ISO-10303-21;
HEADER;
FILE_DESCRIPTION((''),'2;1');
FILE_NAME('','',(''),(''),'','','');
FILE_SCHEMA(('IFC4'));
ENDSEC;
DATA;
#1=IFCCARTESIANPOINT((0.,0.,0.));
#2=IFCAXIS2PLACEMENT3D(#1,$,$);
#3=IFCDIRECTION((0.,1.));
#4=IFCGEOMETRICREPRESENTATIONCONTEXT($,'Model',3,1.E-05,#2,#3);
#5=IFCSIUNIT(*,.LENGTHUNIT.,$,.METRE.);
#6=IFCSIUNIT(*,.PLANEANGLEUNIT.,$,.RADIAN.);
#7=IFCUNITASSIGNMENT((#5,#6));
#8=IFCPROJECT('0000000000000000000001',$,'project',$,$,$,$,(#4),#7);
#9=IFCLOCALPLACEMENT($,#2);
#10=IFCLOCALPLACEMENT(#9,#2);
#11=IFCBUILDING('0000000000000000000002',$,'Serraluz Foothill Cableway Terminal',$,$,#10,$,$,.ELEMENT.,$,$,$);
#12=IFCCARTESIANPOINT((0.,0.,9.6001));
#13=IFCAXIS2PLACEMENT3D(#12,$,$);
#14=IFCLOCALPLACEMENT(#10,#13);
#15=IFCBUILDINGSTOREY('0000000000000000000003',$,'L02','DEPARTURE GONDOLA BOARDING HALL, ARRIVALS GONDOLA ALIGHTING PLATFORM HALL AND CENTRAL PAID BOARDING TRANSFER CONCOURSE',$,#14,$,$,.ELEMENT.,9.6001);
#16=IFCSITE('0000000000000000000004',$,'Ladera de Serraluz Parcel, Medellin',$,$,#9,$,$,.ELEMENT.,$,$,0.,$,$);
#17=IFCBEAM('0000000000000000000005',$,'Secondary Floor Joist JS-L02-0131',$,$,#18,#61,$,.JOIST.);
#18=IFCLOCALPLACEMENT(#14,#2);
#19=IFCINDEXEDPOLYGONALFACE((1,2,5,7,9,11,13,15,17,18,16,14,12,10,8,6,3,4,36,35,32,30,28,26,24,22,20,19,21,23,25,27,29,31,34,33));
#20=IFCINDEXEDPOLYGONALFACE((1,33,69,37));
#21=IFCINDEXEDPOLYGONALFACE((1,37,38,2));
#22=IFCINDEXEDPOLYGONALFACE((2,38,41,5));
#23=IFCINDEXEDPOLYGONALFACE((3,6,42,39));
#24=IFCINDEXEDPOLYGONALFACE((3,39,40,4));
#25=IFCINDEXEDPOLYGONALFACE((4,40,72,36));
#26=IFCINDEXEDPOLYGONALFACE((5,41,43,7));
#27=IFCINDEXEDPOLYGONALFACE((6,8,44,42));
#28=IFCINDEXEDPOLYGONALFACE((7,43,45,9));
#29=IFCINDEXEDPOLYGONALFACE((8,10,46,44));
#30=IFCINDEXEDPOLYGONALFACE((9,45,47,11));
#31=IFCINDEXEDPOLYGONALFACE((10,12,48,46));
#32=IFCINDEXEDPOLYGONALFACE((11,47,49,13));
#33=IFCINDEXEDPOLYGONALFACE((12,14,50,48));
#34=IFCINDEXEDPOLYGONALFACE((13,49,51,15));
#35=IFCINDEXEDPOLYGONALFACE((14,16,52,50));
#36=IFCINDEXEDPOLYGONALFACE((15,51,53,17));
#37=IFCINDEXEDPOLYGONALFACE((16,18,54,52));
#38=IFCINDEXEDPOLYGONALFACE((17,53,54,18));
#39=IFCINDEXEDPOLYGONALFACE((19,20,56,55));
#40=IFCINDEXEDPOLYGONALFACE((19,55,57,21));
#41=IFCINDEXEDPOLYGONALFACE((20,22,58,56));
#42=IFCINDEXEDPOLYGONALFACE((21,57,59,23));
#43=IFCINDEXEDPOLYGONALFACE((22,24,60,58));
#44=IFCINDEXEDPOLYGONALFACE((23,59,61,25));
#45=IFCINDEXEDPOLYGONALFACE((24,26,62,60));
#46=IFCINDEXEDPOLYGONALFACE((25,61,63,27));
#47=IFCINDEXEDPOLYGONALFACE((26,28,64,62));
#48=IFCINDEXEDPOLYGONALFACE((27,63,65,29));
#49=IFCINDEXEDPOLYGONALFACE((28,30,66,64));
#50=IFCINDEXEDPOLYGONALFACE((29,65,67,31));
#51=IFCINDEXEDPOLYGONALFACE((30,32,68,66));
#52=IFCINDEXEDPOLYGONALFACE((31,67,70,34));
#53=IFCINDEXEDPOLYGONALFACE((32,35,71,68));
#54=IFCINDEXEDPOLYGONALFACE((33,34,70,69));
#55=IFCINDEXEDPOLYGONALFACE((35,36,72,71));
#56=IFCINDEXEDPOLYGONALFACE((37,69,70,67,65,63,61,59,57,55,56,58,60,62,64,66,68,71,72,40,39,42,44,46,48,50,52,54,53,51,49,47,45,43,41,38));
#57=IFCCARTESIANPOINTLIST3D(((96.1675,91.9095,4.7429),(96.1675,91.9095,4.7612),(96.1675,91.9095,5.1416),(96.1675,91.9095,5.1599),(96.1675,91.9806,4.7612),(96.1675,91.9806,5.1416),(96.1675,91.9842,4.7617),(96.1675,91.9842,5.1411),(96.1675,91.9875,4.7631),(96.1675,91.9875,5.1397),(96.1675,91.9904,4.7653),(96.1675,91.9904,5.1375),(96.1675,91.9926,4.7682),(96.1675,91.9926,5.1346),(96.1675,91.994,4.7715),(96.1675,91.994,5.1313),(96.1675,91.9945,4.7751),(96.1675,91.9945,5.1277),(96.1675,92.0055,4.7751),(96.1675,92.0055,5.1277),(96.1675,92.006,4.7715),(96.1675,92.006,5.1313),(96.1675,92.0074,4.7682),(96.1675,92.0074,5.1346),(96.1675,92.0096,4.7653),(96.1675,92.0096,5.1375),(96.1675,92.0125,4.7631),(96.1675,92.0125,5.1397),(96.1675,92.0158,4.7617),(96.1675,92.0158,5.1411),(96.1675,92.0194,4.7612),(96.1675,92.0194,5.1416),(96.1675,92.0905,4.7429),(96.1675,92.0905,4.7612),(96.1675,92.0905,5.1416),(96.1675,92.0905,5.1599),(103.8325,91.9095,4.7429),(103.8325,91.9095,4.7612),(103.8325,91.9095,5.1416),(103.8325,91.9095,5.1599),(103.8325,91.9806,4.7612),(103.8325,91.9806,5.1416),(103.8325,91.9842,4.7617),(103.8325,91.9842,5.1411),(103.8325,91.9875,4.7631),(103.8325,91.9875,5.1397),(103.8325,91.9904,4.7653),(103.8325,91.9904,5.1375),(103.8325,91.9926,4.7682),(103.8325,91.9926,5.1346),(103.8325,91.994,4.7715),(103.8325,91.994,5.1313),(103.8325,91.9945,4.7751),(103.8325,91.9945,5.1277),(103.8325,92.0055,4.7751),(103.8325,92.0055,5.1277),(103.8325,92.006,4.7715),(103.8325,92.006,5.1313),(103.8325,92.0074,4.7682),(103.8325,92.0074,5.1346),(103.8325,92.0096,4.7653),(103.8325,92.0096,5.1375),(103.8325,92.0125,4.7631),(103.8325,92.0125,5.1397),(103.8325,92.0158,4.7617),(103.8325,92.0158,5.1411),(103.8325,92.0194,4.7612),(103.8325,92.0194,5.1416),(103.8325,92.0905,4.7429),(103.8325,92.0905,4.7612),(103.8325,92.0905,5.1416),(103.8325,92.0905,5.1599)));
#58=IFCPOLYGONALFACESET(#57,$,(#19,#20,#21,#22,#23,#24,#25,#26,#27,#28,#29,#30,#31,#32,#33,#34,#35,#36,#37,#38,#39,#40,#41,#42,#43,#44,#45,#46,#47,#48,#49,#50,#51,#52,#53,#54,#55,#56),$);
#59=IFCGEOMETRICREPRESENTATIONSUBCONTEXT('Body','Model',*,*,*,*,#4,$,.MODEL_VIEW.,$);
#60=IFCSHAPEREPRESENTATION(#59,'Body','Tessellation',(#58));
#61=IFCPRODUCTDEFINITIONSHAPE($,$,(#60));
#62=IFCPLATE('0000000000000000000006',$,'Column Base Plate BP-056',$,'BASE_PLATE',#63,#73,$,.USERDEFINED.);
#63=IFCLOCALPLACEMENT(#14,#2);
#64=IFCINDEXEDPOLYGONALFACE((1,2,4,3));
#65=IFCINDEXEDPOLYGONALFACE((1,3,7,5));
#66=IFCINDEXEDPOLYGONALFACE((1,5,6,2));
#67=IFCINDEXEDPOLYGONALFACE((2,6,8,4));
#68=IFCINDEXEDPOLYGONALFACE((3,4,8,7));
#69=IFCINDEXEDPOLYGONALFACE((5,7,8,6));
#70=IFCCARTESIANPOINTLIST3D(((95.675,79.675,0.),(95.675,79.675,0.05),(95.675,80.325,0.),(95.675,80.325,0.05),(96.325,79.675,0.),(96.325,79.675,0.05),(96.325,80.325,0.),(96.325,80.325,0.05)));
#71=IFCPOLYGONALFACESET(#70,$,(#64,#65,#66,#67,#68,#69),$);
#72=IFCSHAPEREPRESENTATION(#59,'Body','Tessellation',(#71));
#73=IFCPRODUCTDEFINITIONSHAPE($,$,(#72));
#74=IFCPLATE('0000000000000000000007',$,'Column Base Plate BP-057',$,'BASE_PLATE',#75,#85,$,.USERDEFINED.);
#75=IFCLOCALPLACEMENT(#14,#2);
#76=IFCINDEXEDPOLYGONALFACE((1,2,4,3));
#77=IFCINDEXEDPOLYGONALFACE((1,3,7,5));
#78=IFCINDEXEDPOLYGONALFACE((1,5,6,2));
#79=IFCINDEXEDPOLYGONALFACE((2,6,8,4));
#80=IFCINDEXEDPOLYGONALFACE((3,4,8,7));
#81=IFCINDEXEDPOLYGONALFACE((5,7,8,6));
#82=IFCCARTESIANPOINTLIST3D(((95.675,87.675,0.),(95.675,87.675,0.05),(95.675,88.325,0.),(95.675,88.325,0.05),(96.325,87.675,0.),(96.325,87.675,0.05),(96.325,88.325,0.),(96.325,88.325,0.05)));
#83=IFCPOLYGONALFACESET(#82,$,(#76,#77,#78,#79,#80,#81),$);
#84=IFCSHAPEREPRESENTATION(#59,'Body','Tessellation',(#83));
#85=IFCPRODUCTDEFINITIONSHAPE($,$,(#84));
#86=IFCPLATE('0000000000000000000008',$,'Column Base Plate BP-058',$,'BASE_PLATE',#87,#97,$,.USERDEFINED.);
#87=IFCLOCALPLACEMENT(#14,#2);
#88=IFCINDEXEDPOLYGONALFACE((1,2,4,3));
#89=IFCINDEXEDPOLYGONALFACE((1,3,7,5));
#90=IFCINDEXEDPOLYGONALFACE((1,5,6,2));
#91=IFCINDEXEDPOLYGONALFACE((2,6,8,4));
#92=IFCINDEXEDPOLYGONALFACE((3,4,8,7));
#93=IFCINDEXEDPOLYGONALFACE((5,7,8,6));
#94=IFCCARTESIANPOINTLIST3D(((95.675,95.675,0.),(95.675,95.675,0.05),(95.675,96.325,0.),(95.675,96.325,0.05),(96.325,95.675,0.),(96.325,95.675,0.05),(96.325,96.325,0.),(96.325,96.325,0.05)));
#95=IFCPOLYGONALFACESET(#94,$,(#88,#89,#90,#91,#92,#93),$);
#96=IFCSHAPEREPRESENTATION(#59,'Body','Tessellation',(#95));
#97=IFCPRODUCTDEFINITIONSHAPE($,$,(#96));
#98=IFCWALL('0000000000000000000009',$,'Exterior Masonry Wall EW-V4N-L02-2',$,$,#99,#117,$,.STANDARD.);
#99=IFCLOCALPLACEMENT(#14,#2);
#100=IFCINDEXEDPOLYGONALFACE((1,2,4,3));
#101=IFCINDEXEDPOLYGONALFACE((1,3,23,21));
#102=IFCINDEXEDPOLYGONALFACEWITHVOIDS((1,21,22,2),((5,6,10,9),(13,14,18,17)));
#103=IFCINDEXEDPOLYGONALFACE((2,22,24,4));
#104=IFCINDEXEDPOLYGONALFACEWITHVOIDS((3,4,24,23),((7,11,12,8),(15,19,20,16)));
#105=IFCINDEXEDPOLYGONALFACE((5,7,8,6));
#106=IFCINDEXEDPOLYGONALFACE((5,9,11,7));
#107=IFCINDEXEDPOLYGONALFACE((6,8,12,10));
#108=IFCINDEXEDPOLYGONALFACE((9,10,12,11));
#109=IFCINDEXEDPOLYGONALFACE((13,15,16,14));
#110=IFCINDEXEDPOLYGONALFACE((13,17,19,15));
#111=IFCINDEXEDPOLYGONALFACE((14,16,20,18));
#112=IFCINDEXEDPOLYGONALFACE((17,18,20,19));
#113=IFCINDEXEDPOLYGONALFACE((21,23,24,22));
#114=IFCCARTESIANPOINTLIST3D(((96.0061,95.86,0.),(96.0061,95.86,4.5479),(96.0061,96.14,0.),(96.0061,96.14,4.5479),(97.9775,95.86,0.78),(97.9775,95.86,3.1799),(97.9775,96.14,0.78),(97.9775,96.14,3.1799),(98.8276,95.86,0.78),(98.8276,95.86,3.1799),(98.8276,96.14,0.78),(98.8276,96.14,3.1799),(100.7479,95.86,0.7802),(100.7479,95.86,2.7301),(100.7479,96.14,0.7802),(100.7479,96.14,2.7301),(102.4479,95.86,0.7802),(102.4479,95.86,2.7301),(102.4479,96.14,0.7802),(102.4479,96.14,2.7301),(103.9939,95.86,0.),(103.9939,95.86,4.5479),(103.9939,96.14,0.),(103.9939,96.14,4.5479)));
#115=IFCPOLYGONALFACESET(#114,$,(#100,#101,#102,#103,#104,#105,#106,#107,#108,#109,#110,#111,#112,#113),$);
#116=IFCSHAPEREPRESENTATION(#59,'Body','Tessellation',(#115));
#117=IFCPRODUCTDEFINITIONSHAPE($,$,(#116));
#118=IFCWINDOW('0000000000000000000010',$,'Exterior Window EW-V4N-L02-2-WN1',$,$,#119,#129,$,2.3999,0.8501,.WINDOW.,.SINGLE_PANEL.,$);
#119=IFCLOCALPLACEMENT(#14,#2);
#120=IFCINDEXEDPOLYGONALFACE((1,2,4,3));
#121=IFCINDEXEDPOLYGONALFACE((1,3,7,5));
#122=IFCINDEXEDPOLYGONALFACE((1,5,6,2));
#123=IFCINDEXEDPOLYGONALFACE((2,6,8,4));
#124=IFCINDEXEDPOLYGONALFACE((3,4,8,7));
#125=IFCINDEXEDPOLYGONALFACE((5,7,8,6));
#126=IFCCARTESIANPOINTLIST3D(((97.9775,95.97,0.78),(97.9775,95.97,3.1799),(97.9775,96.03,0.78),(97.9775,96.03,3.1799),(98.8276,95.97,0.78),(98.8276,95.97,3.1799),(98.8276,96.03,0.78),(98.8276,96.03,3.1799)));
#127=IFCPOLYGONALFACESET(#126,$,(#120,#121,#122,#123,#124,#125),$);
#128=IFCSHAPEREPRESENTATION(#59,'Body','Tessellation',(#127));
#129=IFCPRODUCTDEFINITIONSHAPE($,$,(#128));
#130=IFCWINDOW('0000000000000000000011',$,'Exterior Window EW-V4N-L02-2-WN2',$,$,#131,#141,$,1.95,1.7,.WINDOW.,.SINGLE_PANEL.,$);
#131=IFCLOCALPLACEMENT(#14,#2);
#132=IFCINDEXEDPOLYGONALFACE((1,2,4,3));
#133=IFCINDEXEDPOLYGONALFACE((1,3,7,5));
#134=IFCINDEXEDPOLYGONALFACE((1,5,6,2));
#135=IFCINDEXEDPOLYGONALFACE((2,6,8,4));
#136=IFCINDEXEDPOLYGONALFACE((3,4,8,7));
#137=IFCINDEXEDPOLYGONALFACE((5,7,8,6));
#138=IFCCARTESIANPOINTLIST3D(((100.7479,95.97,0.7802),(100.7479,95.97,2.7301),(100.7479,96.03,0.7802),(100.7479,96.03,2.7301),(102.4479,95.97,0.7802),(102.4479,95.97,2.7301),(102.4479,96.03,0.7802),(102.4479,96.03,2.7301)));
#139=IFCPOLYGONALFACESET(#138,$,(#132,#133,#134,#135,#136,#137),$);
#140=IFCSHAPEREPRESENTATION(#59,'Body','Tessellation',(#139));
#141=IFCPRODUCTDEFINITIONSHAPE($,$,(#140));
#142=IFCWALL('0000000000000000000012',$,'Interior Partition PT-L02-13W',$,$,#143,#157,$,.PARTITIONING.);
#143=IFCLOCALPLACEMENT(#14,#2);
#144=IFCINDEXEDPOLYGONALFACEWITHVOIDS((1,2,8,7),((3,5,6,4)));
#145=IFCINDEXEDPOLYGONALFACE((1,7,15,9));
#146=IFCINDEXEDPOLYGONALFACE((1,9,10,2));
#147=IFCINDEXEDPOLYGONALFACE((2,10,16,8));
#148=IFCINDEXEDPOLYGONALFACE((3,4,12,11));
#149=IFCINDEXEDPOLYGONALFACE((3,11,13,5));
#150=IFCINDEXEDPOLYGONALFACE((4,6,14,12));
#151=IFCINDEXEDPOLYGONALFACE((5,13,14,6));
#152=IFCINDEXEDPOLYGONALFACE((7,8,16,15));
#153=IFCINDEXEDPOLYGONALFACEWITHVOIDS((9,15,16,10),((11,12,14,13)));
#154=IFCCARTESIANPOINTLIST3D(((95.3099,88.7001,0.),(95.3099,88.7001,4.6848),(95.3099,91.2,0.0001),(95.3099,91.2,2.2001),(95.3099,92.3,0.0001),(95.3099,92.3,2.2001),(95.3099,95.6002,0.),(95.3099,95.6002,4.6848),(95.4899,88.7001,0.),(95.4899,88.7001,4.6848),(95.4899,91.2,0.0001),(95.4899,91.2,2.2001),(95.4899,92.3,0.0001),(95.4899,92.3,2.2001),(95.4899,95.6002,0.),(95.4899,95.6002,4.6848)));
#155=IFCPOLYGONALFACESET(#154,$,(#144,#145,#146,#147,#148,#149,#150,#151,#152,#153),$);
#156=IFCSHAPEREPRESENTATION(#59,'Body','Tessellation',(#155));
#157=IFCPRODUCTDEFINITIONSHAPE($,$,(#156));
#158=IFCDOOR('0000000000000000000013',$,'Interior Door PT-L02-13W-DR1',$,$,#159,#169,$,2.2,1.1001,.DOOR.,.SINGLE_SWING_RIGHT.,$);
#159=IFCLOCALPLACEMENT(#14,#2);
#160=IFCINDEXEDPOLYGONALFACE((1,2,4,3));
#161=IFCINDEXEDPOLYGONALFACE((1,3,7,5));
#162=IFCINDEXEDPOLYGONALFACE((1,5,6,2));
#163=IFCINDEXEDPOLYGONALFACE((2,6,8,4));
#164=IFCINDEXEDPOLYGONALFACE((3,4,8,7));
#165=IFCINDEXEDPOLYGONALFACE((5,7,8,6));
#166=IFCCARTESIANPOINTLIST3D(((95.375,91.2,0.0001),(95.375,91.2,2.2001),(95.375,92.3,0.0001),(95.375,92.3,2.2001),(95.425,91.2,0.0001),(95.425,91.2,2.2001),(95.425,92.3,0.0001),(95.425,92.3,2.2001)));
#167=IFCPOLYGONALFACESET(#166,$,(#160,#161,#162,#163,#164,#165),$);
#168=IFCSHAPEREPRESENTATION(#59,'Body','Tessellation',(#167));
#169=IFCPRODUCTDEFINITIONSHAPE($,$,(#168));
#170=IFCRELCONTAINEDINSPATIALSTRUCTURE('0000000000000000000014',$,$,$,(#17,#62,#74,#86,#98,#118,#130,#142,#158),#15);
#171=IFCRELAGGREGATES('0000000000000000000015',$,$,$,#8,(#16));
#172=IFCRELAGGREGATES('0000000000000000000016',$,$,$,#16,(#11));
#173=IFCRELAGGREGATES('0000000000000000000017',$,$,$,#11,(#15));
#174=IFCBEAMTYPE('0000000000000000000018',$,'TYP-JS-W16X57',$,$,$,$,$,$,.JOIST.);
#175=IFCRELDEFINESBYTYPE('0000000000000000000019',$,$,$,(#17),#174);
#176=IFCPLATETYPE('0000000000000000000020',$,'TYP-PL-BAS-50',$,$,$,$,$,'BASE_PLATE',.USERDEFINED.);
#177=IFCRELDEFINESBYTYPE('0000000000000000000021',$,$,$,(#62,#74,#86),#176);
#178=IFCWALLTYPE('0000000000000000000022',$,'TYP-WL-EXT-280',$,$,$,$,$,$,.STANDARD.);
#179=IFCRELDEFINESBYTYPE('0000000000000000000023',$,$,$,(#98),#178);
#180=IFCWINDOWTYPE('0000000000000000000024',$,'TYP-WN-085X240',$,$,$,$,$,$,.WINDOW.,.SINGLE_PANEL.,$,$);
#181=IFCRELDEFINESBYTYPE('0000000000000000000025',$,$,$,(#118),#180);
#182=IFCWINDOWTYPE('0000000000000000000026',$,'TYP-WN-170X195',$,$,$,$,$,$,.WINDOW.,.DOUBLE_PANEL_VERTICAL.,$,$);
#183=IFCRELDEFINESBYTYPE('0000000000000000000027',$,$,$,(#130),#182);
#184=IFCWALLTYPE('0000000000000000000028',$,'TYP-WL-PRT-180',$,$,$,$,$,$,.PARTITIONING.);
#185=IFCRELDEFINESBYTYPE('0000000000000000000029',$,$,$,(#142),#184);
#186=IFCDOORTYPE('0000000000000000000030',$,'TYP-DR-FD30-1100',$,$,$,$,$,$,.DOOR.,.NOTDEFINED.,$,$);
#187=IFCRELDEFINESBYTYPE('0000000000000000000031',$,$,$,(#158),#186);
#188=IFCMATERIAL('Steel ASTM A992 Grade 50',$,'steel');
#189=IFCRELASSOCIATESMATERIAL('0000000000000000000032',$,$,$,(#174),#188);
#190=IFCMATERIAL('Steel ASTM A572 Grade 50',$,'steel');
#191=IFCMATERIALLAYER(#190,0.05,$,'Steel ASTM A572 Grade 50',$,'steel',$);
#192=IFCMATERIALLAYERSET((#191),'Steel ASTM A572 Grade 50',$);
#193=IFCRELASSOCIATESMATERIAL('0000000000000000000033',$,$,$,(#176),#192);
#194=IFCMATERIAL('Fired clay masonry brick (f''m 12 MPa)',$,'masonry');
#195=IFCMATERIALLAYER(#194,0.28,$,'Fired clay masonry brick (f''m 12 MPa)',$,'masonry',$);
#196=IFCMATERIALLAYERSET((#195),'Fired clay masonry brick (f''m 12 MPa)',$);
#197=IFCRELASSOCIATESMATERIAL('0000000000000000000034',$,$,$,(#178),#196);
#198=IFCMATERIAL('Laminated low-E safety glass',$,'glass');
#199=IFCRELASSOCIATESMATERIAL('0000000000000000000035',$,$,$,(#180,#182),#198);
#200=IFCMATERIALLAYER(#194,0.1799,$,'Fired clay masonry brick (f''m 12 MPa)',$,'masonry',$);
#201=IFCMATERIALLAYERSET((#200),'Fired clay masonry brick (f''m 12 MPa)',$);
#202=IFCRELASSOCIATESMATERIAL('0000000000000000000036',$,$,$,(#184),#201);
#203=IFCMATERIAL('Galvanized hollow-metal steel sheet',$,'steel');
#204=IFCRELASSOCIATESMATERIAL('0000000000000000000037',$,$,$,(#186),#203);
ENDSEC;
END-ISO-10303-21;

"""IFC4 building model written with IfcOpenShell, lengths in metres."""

from ifc_helpers import new_model, si_unit, direction, frame, frame_2d, origin, origin_2d, place, context, subcontext, project, spatial, rectangle, i_section, extrude, material, layer, layer_set, material_profile, profile_set, type_object, element, fill, save


model = new_model("IFC4")

# Units and contexts
model_context = context("Model", 3, precision=1e-05, world=origin(), true_north=direction((0.0, 1.0)))
body_context = subcontext(model_context, "Body", "Model", "MODEL_VIEW")
ifc_project = project(units=[si_unit("LENGTHUNIT", "METRE"), si_unit("PLANEANGLEUNIT", "RADIAN")], contexts=[model_context])

# Site, building, storey
site_placement = place(None, origin())
site = spatial("IfcSite", under=ifc_project, at=site_placement, Name="Ladera de Serraluz Parcel, Medellin", CompositionType="ELEMENT", RefElevation=0.0)
building_placement = place(site_placement, origin())
building = spatial("IfcBuilding", under=site, at=building_placement, Name="Serraluz Foothill Cableway Terminal", CompositionType="ELEMENT")
storey_placement = place(building_placement, frame((0.0, 0.0, 9.6001)))
storey = spatial("IfcBuildingStorey", under=building, at=storey_placement, Name="L02", Description="DEPARTURE GONDOLA BOARDING HALL, ARRIVALS GONDOLA ALIGHTING PLATFORM HALL AND CENTRAL PAID BOARDING TRANSFER CONCOURSE", CompositionType="ELEMENT", Elevation=9.6001)

# Shared definitions
ifc_material_1 = material(Name="Steel ASTM A992 Grade 50", Category="steel")

# Beam
ifc_material_profile_1 = material_profile(ifc_material_1, i_section(OverallWidth=0.1809, OverallDepth=0.417, WebThickness=0.011, FlangeThickness=0.0183, FilletRadius=0.0139, at=origin_2d()), Name="W16X57")
ifc_profile_set_1 = profile_set([ifc_material_profile_1], Name="Steel ASTM A992 Grade 50")
beam_type_1 = type_object("IfcBeamType", Name="TYP-JS-W16X57", PredefinedType="JOIST", material=ifc_profile_set_1)
beam_placement = place(storey_placement, frame((96.1675, 92.0, 4.9514), z_axis=(1.0, 0.0, 0.0), x_axis=(0.0, 1.0, 0.0)))
element("IfcBeam", 1, at=beam_placement, inside=storey, type_object=beam_type_1, Name="Secondary Floor Joist JS-L02-0131", PredefinedType="JOIST", context=body_context, shape_type="SweptSolid", body=[
    extrude(i_section(OverallWidth=0.1809, OverallDepth=0.417, WebThickness=0.011, FlangeThickness=0.0183, FilletRadius=0.0139, at=origin_2d()), origin(), (0.0, 0.0, 1.0), 7.665),
])

# Plates
ifc_material_2 = material(Name="Steel ASTM A572 Grade 50", Category="steel")
ifc_layer_1 = layer(ifc_material_2, 0.05, Name="Steel ASTM A572 Grade 50", Category="steel")
ifc_layer_set_1 = layer_set([ifc_layer_1], Name="Steel ASTM A572 Grade 50")
plate_type = type_object("IfcPlateType", Name="TYP-PL-BAS-50", ElementType="BASE_PLATE", PredefinedType="USERDEFINED", material=ifc_layer_set_1)
for number, where, z_axis, x_axis, name in (
    (2, (96.0, 80.0, 0.0), (0.0, 0.0, 1.0), (1.0, 0.0, 0.0), "Column Base Plate BP-056"),
    (3, (96.0, 88.0, 0.0), (0.0, 0.0, 1.0), (1.0, 0.0, 0.0), "Column Base Plate BP-057"),
    (4, (96.0, 96.0, 0.0), (0.0, 0.0, 1.0), (1.0, 0.0, 0.0), "Column Base Plate BP-058"),
):
    element("IfcPlate", number, at=place(storey_placement, frame(where, z_axis=z_axis, x_axis=x_axis)), inside=storey, type_object=plate_type, Name=name, ObjectType="BASE_PLATE", PredefinedType="USERDEFINED", context=body_context, shape_type="SweptSolid", body=[
        extrude(rectangle(XDim=0.6499, YDim=0.6499, at=origin_2d()), origin(), (0.0, 0.0, 1.0), 0.05),
    ])

# Wall, openings, windows
ifc_material_3 = material(Name="Fired clay masonry brick (f'm 12 MPa)", Category="masonry")
ifc_layer_2 = layer(ifc_material_3, 0.28, Name="Fired clay masonry brick (f'm 12 MPa)", Category="masonry")
ifc_layer_set_2 = layer_set([ifc_layer_2], Name="Fired clay masonry brick (f'm 12 MPa)")
wall_type_1 = type_object("IfcWallType", Name="TYP-WL-EXT-280", PredefinedType="STANDARD", material=ifc_layer_set_2)
wall_1_placement = place(storey_placement, frame((96.0061, 96.0, 0.0), z_axis=(0.0, 0.0, 1.0), x_axis=(1.0, 0.0, 0.0)))
wall_1 = element("IfcWall", 5, at=wall_1_placement, inside=storey, type_object=wall_type_1, Name="Exterior Masonry Wall EW-V4N-L02-2", PredefinedType="STANDARD", context=body_context, shape_type="SweptSolid", body=[
    extrude(rectangle(XDim=7.9878, YDim=0.28, at=frame_2d((3.9939, 0.0))), origin(), (0.0, 0.0, 1.0), 4.5479),
])
opening_1_placement = place(wall_1_placement, frame((1.9714, 0.0, 0.78)))
opening_1 = element("IfcOpeningElement", 6, at=opening_1_placement, cuts=wall_1, PredefinedType="OPENING", context=body_context, shape_type="SweptSolid", body=[
    extrude(rectangle(XDim=0.8501, YDim=2.3999, at=frame_2d((0.425, 1.2))), frame((0.0, 0.1499, 0.0), z_axis=(0.0, -1.0, 0.0), x_axis=(1.0, 0.0, 0.0)), (0.0, 0.0, 1.0), 0.3),
])
opening_2_placement = place(wall_1_placement, frame((4.7417, 0.0, 0.78)))
opening_2 = element("IfcOpeningElement", 7, at=opening_2_placement, cuts=wall_1, PredefinedType="OPENING", context=body_context, shape_type="SweptSolid", body=[
    extrude(rectangle(XDim=1.7, YDim=1.95, at=frame_2d((0.8501, 0.9751))), frame((0.0, 0.1499, 0.0), z_axis=(0.0, -1.0, 0.0), x_axis=(1.0, 0.0, 0.0)), (0.0, 0.0, 1.0), 0.3),
])
ifc_material_4 = material(Name="Laminated low-E safety glass", Category="glass")
window_type_1 = type_object("IfcWindowType", Name="TYP-WN-085X240", PartitioningType="SINGLE_PANEL", PredefinedType="WINDOW", material=ifc_material_4)
window_1_placement = place(opening_1_placement, origin())
window_1 = element("IfcWindow", 8, at=window_1_placement, inside=storey, type_object=window_type_1, Name="Exterior Window EW-V4N-L02-2-WN1", OverallHeight=2.3999, OverallWidth=0.8501, PartitioningType="SINGLE_PANEL", PredefinedType="WINDOW", context=body_context, shape_type="SweptSolid", body=[
    extrude(rectangle(XDim=0.8501, YDim=2.3999, at=frame_2d((0.425, 1.2))), frame((0.0, 0.03, 0.0), z_axis=(0.0, -1.0, 0.0), x_axis=(1.0, 0.0, 0.0)), (0.0, 0.0, 1.0), 0.0601),
])
fill(opening_1, window_1)
window_type_2 = type_object("IfcWindowType", Name="TYP-WN-170X195", PartitioningType="DOUBLE_PANEL_VERTICAL", PredefinedType="WINDOW", material=ifc_material_4)
window_2_placement = place(opening_2_placement, origin())
window_2 = element("IfcWindow", 9, at=window_2_placement, inside=storey, type_object=window_type_2, Name="Exterior Window EW-V4N-L02-2-WN2", OverallHeight=1.95, OverallWidth=1.7, PartitioningType="SINGLE_PANEL", PredefinedType="WINDOW", context=body_context, shape_type="SweptSolid", body=[
    extrude(rectangle(XDim=1.7, YDim=1.95, at=frame_2d((0.8501, 0.9751))), frame((0.0, 0.03, 0.0), z_axis=(0.0, -1.0, 0.0), x_axis=(1.0, 0.0, 0.0)), (0.0, 0.0, 1.0), 0.0601),
])
fill(opening_2, window_2)

# Wall, opening, door
ifc_layer_3 = layer(ifc_material_3, 0.1799, Name="Fired clay masonry brick (f'm 12 MPa)", Category="masonry")
ifc_layer_set_3 = layer_set([ifc_layer_3], Name="Fired clay masonry brick (f'm 12 MPa)")
wall_type_2 = type_object("IfcWallType", Name="TYP-WL-PRT-180", PredefinedType="PARTITIONING", material=ifc_layer_set_3)
wall_2_placement = place(storey_placement, frame((95.3999, 88.7, 0.0), z_axis=(0.0, 0.0, 1.0), x_axis=(0.0, 1.0, 0.0)))
wall_2 = element("IfcWall", 10, at=wall_2_placement, inside=storey, type_object=wall_type_2, Name="Interior Partition PT-L02-13W", PredefinedType="PARTITIONING", context=body_context, shape_type="SweptSolid", body=[
    extrude(rectangle(XDim=6.9001, YDim=0.1799, at=frame_2d((3.4502, 0.0))), origin(), (0.0, 0.0, 1.0), 4.6848),
])
opening_3_placement = place(wall_2_placement, frame((2.5, 0.0, 0.0)))
opening_3 = element("IfcOpeningElement", 11, at=opening_3_placement, cuts=wall_2, PredefinedType="OPENING", context=body_context, shape_type="SweptSolid", body=[
    extrude(rectangle(XDim=1.1001, YDim=2.2, at=frame_2d((0.55, 1.1001))), frame((0.0, 0.1001, 0.0), z_axis=(0.0, -1.0, 0.0), x_axis=(1.0, 0.0, 0.0)), (0.0, 0.0, 1.0), 0.2),
])
ifc_material_5 = material(Name="Galvanized hollow-metal steel sheet", Category="steel")
door_type_1 = type_object("IfcDoorType", Name="TYP-DR-FD30-1100", OperationType="NOTDEFINED", PredefinedType="DOOR", material=ifc_material_5)
door_1_placement = place(opening_3_placement, origin())
door_1 = element("IfcDoor", 12, at=door_1_placement, inside=storey, type_object=door_type_1, Name="Interior Door PT-L02-13W-DR1", OperationType="SINGLE_SWING_RIGHT", OverallHeight=2.2, OverallWidth=1.1001, PredefinedType="DOOR", context=body_context, shape_type="SweptSolid", body=[
    extrude(rectangle(XDim=1.1001, YDim=2.2, at=frame_2d((0.55, 1.1001))), frame((0.0, 0.0249, 0.0), z_axis=(0.0, -1.0, 0.0), x_axis=(1.0, 0.0, 0.0)), (0.0, 0.0, 1.0), 0.05),
])
fill(opening_3, door_1)

save(model, "model.ifc")
